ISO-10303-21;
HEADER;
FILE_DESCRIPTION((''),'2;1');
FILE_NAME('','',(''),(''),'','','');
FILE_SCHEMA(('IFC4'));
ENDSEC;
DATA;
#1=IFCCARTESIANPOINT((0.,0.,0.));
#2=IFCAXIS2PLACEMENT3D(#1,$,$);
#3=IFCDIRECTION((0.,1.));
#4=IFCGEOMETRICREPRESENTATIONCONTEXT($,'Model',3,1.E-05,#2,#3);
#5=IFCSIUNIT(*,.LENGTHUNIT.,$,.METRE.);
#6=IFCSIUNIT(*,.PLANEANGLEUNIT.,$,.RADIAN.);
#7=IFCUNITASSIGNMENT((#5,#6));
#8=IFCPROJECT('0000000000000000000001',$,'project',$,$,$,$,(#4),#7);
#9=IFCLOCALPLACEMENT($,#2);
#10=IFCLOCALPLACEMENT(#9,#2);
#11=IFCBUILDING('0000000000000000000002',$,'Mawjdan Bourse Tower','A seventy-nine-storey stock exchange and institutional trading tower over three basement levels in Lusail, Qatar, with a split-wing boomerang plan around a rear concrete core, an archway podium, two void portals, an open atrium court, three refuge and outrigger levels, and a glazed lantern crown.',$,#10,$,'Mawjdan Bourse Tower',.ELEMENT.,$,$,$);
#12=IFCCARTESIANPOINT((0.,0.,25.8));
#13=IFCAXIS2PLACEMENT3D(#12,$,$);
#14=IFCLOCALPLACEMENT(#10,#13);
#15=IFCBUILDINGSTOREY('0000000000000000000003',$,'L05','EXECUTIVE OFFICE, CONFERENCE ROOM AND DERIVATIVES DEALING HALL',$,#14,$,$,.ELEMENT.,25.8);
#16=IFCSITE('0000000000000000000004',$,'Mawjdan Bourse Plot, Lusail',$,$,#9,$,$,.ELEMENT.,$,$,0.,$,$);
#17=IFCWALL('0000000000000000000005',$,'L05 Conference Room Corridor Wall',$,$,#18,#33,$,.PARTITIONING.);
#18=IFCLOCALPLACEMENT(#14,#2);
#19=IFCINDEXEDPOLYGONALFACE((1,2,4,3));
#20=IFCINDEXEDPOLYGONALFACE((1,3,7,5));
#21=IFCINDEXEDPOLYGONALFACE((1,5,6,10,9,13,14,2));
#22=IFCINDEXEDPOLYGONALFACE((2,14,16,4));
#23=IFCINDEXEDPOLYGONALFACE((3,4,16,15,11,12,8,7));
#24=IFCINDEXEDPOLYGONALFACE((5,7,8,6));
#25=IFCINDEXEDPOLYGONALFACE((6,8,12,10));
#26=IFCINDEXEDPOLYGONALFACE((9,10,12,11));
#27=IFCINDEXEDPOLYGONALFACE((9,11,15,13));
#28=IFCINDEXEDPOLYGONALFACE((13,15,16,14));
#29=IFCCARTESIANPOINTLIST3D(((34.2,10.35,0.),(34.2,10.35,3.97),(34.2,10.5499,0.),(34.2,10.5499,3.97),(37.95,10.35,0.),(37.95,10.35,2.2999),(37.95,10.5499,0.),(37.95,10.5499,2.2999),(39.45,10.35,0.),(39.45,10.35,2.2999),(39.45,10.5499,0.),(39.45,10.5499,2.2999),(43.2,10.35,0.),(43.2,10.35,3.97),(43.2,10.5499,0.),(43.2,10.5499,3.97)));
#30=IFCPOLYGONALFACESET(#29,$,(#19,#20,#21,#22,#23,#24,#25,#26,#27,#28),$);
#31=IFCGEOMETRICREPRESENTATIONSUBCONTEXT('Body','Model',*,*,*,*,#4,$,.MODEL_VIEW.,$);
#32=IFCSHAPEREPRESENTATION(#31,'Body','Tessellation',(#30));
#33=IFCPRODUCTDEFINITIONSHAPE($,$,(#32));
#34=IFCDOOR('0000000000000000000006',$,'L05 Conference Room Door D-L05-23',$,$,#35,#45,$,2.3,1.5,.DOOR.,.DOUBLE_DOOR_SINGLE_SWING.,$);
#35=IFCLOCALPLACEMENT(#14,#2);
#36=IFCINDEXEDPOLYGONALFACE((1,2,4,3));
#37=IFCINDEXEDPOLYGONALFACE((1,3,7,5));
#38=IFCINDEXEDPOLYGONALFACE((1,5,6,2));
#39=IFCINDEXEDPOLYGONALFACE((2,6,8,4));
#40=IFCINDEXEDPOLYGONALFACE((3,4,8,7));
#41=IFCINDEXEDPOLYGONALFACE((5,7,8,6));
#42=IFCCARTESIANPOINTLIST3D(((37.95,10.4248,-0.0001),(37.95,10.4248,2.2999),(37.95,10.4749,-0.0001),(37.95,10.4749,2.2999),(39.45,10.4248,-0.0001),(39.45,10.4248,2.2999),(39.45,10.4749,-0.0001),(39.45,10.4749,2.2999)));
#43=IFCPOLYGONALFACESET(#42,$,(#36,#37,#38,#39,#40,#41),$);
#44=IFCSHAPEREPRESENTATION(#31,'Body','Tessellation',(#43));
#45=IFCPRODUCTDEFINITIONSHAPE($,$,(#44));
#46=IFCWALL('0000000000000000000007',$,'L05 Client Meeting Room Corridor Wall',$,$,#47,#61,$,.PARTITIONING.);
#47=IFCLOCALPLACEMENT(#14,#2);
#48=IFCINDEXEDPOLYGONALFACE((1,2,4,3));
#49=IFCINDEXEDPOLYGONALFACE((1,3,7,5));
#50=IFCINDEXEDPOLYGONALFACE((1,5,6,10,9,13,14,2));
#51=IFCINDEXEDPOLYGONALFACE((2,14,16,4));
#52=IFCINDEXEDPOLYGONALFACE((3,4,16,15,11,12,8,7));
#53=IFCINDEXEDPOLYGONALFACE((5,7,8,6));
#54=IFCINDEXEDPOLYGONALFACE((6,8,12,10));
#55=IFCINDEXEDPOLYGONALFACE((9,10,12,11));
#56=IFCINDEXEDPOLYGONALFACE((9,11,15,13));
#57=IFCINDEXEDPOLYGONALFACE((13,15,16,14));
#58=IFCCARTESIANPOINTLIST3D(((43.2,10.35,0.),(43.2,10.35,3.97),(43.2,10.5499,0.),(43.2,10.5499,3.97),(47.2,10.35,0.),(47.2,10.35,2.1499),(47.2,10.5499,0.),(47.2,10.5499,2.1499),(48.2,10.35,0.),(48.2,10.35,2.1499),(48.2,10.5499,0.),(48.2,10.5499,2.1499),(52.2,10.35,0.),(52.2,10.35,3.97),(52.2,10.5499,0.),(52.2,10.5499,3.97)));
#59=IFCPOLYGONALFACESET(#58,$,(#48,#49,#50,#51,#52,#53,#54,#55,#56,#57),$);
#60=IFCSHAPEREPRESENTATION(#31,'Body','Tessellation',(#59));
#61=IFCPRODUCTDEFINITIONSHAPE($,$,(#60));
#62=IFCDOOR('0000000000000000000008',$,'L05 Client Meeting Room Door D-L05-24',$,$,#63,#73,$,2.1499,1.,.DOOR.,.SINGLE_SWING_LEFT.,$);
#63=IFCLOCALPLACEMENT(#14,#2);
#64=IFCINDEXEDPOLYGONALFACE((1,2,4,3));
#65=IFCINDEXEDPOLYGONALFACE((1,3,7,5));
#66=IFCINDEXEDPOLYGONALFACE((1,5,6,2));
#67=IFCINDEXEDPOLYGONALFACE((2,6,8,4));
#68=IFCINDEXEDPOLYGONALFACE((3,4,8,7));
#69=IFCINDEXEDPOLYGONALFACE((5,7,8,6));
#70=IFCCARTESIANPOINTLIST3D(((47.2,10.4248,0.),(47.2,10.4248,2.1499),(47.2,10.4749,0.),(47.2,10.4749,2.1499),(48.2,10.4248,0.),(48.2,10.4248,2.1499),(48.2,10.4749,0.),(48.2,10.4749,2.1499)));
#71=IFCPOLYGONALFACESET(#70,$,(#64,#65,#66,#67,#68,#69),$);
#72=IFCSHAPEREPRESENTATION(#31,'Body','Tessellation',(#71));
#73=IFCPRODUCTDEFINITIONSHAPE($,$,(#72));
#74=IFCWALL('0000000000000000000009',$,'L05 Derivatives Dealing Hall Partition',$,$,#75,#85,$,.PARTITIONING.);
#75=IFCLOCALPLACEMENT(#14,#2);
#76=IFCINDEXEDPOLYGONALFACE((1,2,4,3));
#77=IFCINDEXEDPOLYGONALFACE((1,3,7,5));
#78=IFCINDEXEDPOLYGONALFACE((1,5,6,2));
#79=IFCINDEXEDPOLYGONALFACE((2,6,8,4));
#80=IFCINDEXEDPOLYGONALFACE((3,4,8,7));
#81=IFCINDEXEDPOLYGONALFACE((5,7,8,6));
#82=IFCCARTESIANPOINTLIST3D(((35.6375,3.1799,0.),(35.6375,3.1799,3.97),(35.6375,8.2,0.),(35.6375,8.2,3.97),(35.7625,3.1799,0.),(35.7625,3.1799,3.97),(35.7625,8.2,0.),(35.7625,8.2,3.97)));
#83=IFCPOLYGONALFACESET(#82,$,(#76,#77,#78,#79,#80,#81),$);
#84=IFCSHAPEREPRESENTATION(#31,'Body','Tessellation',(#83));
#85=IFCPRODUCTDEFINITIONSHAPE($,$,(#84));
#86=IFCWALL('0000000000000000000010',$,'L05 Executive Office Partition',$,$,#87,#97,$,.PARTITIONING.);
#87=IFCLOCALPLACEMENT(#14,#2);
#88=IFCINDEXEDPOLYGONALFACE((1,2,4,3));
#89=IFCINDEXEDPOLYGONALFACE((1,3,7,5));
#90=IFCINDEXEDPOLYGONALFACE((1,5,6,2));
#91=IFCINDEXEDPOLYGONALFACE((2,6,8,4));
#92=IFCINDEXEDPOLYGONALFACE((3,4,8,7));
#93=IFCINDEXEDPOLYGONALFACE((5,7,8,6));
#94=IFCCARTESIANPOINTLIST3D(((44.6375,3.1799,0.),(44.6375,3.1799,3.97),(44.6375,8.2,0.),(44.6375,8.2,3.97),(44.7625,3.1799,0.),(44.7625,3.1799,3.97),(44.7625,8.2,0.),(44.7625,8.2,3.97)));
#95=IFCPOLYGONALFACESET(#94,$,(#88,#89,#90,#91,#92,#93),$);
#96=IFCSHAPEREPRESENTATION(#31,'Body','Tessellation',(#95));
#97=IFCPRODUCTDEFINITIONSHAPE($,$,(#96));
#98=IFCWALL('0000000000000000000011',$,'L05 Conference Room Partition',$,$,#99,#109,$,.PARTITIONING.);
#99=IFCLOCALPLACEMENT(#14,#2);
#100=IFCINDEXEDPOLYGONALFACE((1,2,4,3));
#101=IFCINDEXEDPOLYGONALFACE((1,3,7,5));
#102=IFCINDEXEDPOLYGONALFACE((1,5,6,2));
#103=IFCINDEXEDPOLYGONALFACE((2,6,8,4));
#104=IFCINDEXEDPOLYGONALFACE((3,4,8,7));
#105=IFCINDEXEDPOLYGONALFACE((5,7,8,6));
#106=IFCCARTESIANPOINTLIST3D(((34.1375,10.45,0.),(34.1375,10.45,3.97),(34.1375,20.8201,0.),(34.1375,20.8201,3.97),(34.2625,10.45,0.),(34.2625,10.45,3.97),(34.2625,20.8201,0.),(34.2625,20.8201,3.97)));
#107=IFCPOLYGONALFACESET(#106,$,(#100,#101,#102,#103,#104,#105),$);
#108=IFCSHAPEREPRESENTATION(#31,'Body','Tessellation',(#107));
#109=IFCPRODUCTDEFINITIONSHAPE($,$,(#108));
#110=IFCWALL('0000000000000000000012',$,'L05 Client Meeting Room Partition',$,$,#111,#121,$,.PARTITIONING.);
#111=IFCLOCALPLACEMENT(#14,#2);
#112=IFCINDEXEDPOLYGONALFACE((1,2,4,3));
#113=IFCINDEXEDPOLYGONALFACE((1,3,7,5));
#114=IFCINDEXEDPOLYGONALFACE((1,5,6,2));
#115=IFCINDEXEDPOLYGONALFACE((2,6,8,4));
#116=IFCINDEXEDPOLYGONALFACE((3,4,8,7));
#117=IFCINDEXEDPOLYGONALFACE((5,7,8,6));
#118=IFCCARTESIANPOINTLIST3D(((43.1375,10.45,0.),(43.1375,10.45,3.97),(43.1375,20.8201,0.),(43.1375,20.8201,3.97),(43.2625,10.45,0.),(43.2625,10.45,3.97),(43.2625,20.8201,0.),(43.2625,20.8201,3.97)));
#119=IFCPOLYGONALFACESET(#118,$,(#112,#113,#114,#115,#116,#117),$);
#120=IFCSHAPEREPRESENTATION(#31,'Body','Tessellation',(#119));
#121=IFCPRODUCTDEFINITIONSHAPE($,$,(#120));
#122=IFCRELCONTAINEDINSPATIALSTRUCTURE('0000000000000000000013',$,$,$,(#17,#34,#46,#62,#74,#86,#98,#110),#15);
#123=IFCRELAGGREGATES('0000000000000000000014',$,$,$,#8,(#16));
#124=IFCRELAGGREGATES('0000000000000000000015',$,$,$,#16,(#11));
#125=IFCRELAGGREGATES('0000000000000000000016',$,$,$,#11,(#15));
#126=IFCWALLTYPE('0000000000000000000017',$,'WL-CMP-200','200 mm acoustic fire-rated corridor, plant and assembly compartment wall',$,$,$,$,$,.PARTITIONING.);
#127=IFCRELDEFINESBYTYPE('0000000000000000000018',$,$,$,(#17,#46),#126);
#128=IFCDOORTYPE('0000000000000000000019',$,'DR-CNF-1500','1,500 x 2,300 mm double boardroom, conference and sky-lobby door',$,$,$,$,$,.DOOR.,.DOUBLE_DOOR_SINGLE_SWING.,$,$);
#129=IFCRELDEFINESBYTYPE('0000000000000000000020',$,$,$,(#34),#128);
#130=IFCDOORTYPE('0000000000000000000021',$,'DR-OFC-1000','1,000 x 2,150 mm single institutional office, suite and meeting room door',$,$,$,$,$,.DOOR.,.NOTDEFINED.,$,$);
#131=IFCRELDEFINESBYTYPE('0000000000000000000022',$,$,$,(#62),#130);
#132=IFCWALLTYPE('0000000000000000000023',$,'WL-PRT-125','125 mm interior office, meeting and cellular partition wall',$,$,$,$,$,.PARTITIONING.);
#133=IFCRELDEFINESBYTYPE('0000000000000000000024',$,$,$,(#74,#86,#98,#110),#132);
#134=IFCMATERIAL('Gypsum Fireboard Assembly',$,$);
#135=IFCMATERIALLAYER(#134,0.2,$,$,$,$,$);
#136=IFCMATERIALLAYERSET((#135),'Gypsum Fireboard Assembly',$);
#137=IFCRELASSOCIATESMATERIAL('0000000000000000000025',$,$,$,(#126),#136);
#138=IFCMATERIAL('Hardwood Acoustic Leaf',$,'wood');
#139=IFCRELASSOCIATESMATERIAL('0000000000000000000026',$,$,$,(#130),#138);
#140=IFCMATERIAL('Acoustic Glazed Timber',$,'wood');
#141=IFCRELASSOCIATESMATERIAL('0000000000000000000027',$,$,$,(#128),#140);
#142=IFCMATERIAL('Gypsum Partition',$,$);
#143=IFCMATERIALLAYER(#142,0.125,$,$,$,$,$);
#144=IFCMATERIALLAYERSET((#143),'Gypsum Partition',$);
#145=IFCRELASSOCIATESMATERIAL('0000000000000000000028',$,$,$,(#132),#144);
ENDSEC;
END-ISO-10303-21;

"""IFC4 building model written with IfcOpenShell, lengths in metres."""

from ifc_helpers import new_model, si_unit, direction, frame, frame_2d, origin, place, context, subcontext, project, spatial, rectangle, extrude, material, layer, layer_set, type_object, element, fill, save


model = new_model("IFC4")

# Units and contexts
model_context = context("Model", 3, precision=1e-05, world=origin(), true_north=direction((0.0, 1.0)))
body_context = subcontext(model_context, "Body", "Model", "MODEL_VIEW")
ifc_project = project(units=[si_unit("LENGTHUNIT", "METRE"), si_unit("PLANEANGLEUNIT", "RADIAN")], contexts=[model_context])

# Site, building, storey
site_placement = place(None, origin())
site = spatial("IfcSite", under=ifc_project, at=site_placement, Name="Mawjdan Bourse Plot, Lusail", CompositionType="ELEMENT", RefElevation=0.0)
building_placement = place(site_placement, origin())
building = spatial("IfcBuilding", under=site, at=building_placement, Name="Mawjdan Bourse Tower", Description="A seventy-nine-storey stock exchange and institutional trading tower over three basement levels in Lusail, Qatar, with a split-wing boomerang plan around a rear concrete core, an archway podium, two void portals, an open atrium court, three refuge and outrigger levels, and a glazed lantern crown.", LongName="Mawjdan Bourse Tower", CompositionType="ELEMENT")
storey_placement = place(building_placement, frame((0.0, 0.0, 25.8)))
storey = spatial("IfcBuildingStorey", under=building, at=storey_placement, Name="L05", Description="EXECUTIVE OFFICE, CONFERENCE ROOM AND DERIVATIVES DEALING HALL", CompositionType="ELEMENT", Elevation=25.8)

# Walls, openings, doors
ifc_material_1 = material(Name="Gypsum Fireboard Assembly")
ifc_layer_1 = layer(ifc_material_1, 0.2)
ifc_layer_set_1 = layer_set([ifc_layer_1], Name="Gypsum Fireboard Assembly")
wall_type_1 = type_object("IfcWallType", Name="WL-CMP-200", Description="200 mm acoustic fire-rated corridor, plant and assembly compartment wall", PredefinedType="PARTITIONING", material=ifc_layer_set_1)
ifc_material_2 = material(Name="Hardwood Acoustic Leaf", Category="wood")
door_type_1 = type_object("IfcDoorType", Name="DR-OFC-1000", Description="1,000 x 2,150 mm single institutional office, suite and meeting room door", OperationType="NOTDEFINED", PredefinedType="DOOR", material=ifc_material_2)
wall_1_placement = place(storey_placement, frame((34.2, 10.45, 0.0), z_axis=(0.0, 0.0, 1.0), x_axis=(1.0, 0.0, 0.0)))
wall_1 = element("IfcWall", 1, at=wall_1_placement, inside=storey, type_object=wall_type_1, Name="L05 Conference Room Corridor Wall", PredefinedType="PARTITIONING", context=body_context, shape_type="SweptSolid", body=[
    extrude(rectangle(XDim=9.0, YDim=0.2, at=frame_2d((4.5, 0.0))), origin(), (0.0, 0.0, 1.0), 3.97),
])
opening_1_placement = place(wall_1_placement, frame((3.75, 0.0, 0.0)))
opening_1 = element("IfcOpeningElement", 2, at=opening_1_placement, cuts=wall_1, PredefinedType="OPENING", context=body_context, shape_type="SweptSolid", body=[
    extrude(rectangle(XDim=1.5, YDim=2.3, at=frame_2d((0.75, 1.1499))), frame((0.0, 0.1099, 0.0), z_axis=(0.0, -1.0, 0.0), x_axis=(1.0, 0.0, 0.0)), (0.0, 0.0, 1.0), 0.22),
])
ifc_material_3 = material(Name="Acoustic Glazed Timber", Category="wood")
door_type_2 = type_object("IfcDoorType", Name="DR-CNF-1500", Description="1,500 x 2,300 mm double boardroom, conference and sky-lobby door", OperationType="DOUBLE_DOOR_SINGLE_SWING", PredefinedType="DOOR", material=ifc_material_3)
door_1_placement = place(opening_1_placement, origin())
door_1 = element("IfcDoor", 3, at=door_1_placement, inside=storey, type_object=door_type_2, Name="L05 Conference Room Door D-L05-23", OperationType="DOUBLE_DOOR_SINGLE_SWING", OverallHeight=2.3, OverallWidth=1.5, PredefinedType="DOOR", context=body_context, shape_type="SweptSolid", body=[
    extrude(rectangle(XDim=1.5, YDim=2.3, at=frame_2d((0.75, 1.1499))), frame((0.0, 0.0249, 0.0), z_axis=(0.0, -1.0, 0.0), x_axis=(1.0, 0.0, 0.0)), (0.0, 0.0, 1.0), 0.05),
])
fill(opening_1, door_1)
wall_2_placement = place(storey_placement, frame((43.2, 10.45, 0.0), z_axis=(0.0, 0.0, 1.0), x_axis=(1.0, 0.0, 0.0)))
wall_2 = element("IfcWall", 4, at=wall_2_placement, inside=storey, type_object=wall_type_1, Name="L05 Client Meeting Room Corridor Wall", PredefinedType="PARTITIONING", context=body_context, shape_type="SweptSolid", body=[
    extrude(rectangle(XDim=9.0, YDim=0.2, at=frame_2d((4.5, 0.0))), origin(), (0.0, 0.0, 1.0), 3.97),
])
opening_2_placement = place(wall_2_placement, frame((4.0, 0.0, 0.0)))
opening_2 = element("IfcOpeningElement", 5, at=opening_2_placement, cuts=wall_2, PredefinedType="OPENING", context=body_context, shape_type="SweptSolid", body=[
    extrude(rectangle(XDim=1.0, YDim=2.1499, at=frame_2d((0.5, 1.075))), frame((0.0, 0.1099, 0.0), z_axis=(0.0, -1.0, 0.0), x_axis=(1.0, 0.0, 0.0)), (0.0, 0.0, 1.0), 0.22),
])
door_2_placement = place(opening_2_placement, origin())
door_2 = element("IfcDoor", 6, at=door_2_placement, inside=storey, type_object=door_type_1, Name="L05 Client Meeting Room Door D-L05-24", OperationType="SINGLE_SWING_LEFT", OverallHeight=2.1499, OverallWidth=1.0, PredefinedType="DOOR", context=body_context, shape_type="SweptSolid", body=[
    extrude(rectangle(XDim=1.0, YDim=2.1499, at=frame_2d((0.5, 1.075))), frame((0.0, 0.0249, 0.0), z_axis=(0.0, -1.0, 0.0), x_axis=(1.0, 0.0, 0.0)), (0.0, 0.0, 1.0), 0.05),
])
fill(opening_2, door_2)

# Walls
ifc_material_4 = material(Name="Gypsum Partition")
ifc_layer_2 = layer(ifc_material_4, 0.125)
ifc_layer_set_2 = layer_set([ifc_layer_2], Name="Gypsum Partition")
wall_type_2 = type_object("IfcWallType", Name="WL-PRT-125", Description="125 mm interior office, meeting and cellular partition wall", PredefinedType="PARTITIONING", material=ifc_layer_set_2)
for number, where, z_axis, x_axis, name in (
    (7, (35.7, 3.1799, 0.0), (0.0, 0.0, 1.0), (0.0, 1.0, 0.0), "L05 Derivatives Dealing Hall Partition"),
    (8, (44.7, 3.1799, 0.0), (0.0, 0.0, 1.0), (0.0, 1.0, 0.0), "L05 Executive Office Partition"),
):
    element("IfcWall", number, at=place(storey_placement, frame(where, z_axis=z_axis, x_axis=x_axis)), inside=storey, type_object=wall_type_2, Name=name, PredefinedType="PARTITIONING", context=body_context, shape_type="SweptSolid", body=[
        extrude(rectangle(XDim=5.02, YDim=0.125, at=frame_2d((2.51, 0.0))), origin(), (0.0, 0.0, 1.0), 3.97),
    ])
for number, where, z_axis, x_axis, name in (
    (9, (34.2, 10.45, 0.0), (0.0, 0.0, 1.0), (0.0, 1.0, 0.0), "L05 Conference Room Partition"),
    (10, (43.2, 10.45, 0.0), (0.0, 0.0, 1.0), (0.0, 1.0, 0.0), "L05 Client Meeting Room Partition"),
):
    element("IfcWall", number, at=place(storey_placement, frame(where, z_axis=z_axis, x_axis=x_axis)), inside=storey, type_object=wall_type_2, Name=name, PredefinedType="PARTITIONING", context=body_context, shape_type="SweptSolid", body=[
        extrude(rectangle(XDim=10.3701, YDim=0.125, at=frame_2d((5.1851, 0.0))), origin(), (0.0, 0.0, 1.0), 3.97),
    ])

save(model, "model.ifc")
